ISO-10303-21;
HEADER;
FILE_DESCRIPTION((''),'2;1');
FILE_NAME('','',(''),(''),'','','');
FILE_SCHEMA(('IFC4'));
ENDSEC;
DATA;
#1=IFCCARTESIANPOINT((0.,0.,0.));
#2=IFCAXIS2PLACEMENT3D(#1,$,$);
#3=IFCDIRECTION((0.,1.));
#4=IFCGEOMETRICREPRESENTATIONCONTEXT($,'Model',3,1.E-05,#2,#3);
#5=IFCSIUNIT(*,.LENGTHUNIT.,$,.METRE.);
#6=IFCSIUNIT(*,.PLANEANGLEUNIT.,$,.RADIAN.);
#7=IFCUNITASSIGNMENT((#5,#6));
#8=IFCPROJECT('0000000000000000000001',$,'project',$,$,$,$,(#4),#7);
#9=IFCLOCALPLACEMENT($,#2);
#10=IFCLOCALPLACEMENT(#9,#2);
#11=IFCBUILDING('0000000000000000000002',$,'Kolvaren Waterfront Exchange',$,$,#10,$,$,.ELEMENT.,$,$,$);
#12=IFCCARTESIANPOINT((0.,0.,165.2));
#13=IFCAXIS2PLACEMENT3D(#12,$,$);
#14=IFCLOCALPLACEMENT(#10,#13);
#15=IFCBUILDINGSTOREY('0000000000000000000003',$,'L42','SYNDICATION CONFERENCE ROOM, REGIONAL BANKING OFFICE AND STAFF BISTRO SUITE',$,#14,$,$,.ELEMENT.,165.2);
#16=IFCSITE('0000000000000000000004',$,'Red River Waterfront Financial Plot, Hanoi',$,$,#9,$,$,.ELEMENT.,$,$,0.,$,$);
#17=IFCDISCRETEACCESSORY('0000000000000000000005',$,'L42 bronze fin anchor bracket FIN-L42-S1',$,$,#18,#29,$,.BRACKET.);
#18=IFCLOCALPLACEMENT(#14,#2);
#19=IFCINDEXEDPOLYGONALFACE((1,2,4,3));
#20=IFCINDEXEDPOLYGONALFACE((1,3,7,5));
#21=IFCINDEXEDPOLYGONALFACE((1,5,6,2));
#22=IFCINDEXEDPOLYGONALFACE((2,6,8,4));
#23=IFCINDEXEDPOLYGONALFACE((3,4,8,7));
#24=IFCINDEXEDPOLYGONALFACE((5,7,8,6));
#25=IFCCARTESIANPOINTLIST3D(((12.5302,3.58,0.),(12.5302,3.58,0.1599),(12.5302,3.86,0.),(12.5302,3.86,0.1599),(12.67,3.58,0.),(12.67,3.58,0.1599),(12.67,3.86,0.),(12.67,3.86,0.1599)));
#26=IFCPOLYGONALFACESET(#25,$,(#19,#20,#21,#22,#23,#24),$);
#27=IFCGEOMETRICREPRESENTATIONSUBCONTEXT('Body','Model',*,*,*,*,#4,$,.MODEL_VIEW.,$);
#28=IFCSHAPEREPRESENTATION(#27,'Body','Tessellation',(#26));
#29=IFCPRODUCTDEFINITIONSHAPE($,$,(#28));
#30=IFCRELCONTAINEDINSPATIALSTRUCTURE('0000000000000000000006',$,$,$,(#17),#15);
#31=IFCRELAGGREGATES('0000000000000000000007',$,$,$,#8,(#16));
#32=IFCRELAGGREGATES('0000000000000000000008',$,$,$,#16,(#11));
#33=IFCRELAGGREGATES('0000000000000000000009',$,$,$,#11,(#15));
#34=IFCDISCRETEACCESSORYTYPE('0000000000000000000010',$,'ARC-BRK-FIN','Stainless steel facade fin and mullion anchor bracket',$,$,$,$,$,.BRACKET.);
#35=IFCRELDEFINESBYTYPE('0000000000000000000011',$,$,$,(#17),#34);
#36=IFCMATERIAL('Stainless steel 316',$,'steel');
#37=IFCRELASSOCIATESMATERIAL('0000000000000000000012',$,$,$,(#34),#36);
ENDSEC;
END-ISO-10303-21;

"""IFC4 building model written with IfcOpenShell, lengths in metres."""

from ifc_helpers import new_model, si_unit, direction, frame, origin, origin_with_axes, origin_2d, place, context, subcontext, project, spatial, rectangle, extrude, source, transform, mapped, material, type_object, element, save


model = new_model("IFC4")

# Units and contexts
model_context = context("Model", 3, precision=1e-05, world=origin(), true_north=direction((0.0, 1.0)))
body_context = subcontext(model_context, "Body", "Model", "MODEL_VIEW")
ifc_project = project(units=[si_unit("LENGTHUNIT", "METRE"), si_unit("PLANEANGLEUNIT", "RADIAN")], contexts=[model_context])

# Site, building, storey
site_placement = place(None, origin())
site = spatial("IfcSite", under=ifc_project, at=site_placement, Name="Red River Waterfront Financial Plot, Hanoi", CompositionType="ELEMENT", RefElevation=0.0)
building_placement = place(site_placement, origin())
building = spatial("IfcBuilding", under=site, at=building_placement, Name="Kolvaren Waterfront Exchange", CompositionType="ELEMENT")
storey_placement = place(building_placement, frame((0.0, 0.0, 165.2)))
storey = spatial("IfcBuildingStorey", under=building, at=storey_placement, Name="L42", Description="SYNDICATION CONFERENCE ROOM, REGIONAL BANKING OFFICE AND STAFF BISTRO SUITE", CompositionType="ELEMENT", Elevation=165.2)

# Shared definitions
ifc_material_1 = material(Name="Stainless steel 316", Category="steel")

# Discrete accessory
discrete_accessory_type = type_object("IfcDiscreteAccessoryType", Name="ARC-BRK-FIN", Description="Stainless steel facade fin and mullion anchor bracket", PredefinedType="BRACKET", material=ifc_material_1)
shared_shape_1 = source(origin_with_axes(), body_context, "Body", "SweptSolid", [
    extrude(rectangle(XDim=0.28, YDim=0.1399, at=origin_2d()), origin(), (0.0, 0.0, 1.0), 0.1599),
])
discrete_accessory_placement = place(storey_placement, frame((12.6001, 3.72, 0.0), z_axis=(0.0, 0.0, 1.0), x_axis=(0.0, -1.0, 0.0)))
element("IfcDiscreteAccessory", 1, at=discrete_accessory_placement, inside=storey, type_object=discrete_accessory_type, Name="L42 bronze fin anchor bracket FIN-L42-S1", PredefinedType="BRACKET", context=body_context, shape_type="MappedRepresentation", body=[
    mapped(shared_shape_1, transform((0.0, 0.0, 0.0), x_axis=(1.0, 0.0, 0.0), y_axis=(0.0, 1.0, 0.0), z_axis=(0.0, 0.0, 1.0), scale=1.0)),
])

save(model, "model.ifc")
